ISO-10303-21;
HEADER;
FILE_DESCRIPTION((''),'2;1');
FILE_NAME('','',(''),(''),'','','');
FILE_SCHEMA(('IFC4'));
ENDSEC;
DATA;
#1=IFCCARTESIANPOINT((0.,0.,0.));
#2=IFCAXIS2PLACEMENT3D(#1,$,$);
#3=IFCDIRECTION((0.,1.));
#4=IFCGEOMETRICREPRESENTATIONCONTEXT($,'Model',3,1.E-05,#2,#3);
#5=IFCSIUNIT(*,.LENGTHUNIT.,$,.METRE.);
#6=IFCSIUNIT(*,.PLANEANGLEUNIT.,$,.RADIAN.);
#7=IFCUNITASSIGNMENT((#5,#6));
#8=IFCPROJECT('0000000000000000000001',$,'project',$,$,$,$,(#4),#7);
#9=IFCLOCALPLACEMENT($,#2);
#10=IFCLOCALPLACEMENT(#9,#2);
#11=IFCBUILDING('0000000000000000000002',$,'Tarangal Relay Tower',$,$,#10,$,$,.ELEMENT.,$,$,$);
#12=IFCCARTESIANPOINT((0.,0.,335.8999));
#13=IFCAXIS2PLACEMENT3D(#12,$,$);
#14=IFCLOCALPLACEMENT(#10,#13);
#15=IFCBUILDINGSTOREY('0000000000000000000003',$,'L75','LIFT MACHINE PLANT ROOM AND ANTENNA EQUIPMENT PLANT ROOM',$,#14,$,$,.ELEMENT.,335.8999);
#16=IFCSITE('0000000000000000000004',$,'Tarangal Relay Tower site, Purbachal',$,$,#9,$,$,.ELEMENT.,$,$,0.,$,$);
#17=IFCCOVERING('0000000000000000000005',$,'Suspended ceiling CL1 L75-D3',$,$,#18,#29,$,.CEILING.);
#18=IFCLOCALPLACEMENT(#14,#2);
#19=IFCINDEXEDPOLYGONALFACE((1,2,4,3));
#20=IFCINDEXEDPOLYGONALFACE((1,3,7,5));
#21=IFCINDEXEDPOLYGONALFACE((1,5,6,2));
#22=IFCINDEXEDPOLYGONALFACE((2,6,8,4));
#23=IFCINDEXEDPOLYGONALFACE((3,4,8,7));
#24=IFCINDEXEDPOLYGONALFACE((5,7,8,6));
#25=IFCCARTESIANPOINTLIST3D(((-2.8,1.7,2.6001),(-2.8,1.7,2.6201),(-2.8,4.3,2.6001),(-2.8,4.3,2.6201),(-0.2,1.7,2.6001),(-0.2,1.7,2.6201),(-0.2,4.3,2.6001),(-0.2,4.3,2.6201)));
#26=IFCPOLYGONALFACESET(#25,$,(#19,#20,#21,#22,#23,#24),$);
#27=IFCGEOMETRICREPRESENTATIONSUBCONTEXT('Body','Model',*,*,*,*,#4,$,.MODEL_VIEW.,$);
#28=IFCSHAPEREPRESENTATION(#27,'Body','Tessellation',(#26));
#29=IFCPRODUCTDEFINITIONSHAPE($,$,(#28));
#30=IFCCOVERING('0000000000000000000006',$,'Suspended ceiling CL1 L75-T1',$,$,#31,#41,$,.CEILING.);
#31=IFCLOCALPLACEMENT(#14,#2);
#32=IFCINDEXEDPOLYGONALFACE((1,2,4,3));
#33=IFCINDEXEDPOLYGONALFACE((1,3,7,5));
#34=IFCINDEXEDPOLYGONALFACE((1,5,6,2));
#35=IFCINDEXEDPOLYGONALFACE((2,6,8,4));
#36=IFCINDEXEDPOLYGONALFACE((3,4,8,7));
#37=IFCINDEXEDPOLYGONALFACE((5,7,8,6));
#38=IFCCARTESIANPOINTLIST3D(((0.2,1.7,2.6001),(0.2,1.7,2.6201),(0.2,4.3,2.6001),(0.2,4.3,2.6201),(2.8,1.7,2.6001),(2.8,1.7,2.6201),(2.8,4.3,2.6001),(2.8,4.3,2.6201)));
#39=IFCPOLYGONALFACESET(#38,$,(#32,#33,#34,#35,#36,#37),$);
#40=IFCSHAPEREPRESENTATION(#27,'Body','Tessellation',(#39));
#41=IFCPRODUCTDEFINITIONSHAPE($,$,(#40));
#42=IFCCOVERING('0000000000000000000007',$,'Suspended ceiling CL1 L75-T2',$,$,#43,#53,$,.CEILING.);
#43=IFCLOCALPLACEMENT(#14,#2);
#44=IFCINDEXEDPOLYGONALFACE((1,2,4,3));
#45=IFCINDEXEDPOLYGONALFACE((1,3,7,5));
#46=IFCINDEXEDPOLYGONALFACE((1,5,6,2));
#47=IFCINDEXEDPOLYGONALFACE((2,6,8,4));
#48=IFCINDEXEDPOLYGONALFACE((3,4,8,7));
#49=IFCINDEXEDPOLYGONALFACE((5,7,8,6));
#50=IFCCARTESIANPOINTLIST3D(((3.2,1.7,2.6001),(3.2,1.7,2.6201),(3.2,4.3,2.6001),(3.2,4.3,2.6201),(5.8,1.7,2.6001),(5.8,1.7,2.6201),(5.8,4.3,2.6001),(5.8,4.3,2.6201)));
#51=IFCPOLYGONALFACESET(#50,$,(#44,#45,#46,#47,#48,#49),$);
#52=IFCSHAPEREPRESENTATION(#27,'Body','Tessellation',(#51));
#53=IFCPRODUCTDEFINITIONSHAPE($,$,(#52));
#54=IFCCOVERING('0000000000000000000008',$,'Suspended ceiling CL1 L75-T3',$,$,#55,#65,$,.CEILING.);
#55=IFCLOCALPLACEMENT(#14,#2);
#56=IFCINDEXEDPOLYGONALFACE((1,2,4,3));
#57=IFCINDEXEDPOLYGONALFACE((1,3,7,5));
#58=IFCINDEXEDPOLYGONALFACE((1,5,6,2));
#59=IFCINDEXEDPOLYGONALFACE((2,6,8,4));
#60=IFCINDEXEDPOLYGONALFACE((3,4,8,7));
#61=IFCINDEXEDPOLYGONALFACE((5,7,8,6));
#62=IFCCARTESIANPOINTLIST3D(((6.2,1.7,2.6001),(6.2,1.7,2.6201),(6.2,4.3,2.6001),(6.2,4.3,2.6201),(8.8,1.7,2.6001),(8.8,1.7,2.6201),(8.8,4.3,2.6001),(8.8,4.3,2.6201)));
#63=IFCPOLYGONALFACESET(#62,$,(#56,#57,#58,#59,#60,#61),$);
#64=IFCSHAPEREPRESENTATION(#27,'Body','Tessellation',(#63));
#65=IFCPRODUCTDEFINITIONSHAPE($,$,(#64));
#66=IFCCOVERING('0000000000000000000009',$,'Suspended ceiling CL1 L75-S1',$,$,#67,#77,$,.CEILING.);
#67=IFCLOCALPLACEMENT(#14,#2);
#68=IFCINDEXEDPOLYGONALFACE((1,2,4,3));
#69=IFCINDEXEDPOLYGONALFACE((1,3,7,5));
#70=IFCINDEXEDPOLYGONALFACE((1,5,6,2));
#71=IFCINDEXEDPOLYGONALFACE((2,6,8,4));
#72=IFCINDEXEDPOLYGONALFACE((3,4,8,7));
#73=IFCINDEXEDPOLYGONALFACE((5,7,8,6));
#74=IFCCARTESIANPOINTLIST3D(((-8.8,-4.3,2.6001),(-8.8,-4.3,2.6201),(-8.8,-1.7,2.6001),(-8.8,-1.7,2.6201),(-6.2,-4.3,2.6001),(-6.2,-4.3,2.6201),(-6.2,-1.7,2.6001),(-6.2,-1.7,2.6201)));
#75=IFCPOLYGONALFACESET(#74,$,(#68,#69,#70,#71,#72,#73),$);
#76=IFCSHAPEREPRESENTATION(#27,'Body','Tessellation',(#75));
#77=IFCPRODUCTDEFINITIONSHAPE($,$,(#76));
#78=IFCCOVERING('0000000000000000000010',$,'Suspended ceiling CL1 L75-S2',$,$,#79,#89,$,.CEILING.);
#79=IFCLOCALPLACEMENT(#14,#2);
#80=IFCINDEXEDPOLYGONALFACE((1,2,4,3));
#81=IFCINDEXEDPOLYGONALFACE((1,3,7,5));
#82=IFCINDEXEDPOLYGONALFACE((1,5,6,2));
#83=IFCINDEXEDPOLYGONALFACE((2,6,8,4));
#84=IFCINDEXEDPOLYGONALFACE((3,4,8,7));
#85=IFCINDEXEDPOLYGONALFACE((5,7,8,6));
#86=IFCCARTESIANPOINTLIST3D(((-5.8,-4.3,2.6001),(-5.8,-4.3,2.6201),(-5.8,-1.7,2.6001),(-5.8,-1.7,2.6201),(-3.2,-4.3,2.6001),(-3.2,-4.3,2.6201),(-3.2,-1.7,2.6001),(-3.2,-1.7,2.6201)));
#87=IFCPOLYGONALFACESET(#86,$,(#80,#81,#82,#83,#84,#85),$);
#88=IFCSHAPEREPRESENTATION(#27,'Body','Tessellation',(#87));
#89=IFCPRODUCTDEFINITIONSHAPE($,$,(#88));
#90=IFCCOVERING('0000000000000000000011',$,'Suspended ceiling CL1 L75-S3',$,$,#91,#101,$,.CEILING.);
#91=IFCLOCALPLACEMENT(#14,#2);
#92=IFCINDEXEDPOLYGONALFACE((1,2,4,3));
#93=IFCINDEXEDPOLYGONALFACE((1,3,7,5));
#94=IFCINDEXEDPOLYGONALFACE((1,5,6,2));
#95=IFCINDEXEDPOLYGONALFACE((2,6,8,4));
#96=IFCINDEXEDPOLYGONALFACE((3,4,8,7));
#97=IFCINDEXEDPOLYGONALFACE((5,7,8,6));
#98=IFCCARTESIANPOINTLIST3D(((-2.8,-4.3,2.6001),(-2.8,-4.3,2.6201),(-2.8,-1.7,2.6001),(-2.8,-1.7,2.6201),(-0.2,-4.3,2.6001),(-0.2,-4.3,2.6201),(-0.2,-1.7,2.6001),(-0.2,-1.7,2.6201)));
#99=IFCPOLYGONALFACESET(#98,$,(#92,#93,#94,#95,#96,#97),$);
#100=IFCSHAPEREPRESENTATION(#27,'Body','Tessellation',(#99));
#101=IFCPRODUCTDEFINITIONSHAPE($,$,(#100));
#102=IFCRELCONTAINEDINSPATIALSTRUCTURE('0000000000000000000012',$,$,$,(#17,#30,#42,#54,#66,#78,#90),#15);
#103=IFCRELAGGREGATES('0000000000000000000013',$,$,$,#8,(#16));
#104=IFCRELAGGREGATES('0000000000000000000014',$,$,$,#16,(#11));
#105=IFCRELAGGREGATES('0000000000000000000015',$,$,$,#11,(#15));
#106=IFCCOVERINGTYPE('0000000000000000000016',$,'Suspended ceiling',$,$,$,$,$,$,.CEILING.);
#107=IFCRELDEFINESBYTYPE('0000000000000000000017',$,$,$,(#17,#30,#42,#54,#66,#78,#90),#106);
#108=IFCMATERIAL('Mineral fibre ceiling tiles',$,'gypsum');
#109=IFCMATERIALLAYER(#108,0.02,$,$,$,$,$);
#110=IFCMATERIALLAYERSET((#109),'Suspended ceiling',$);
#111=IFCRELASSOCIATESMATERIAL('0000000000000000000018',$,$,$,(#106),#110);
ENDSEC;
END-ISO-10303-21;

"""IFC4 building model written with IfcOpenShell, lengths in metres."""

from ifc_helpers import new_model, si_unit, direction, frame, origin, place, context, subcontext, project, spatial, polyline, outline, extrude, material, layer, layer_set, type_object, element, save


model = new_model("IFC4")

# Units and contexts
model_context = context("Model", 3, precision=1e-05, world=origin(), true_north=direction((0.0, 1.0)))
body_context = subcontext(model_context, "Body", "Model", "MODEL_VIEW")
ifc_project = project(units=[si_unit("LENGTHUNIT", "METRE"), si_unit("PLANEANGLEUNIT", "RADIAN")], contexts=[model_context])

# Site, building, storey
site_placement = place(None, origin())
site = spatial("IfcSite", under=ifc_project, at=site_placement, Name="Tarangal Relay Tower site, Purbachal", CompositionType="ELEMENT", RefElevation=0.0)
building_placement = place(site_placement, origin())
building = spatial("IfcBuilding", under=site, at=building_placement, Name="Tarangal Relay Tower", CompositionType="ELEMENT")
storey_placement = place(building_placement, frame((0.0, 0.0, 335.8999)))
storey = spatial("IfcBuildingStorey", under=building, at=storey_placement, Name="L75", Description="LIFT MACHINE PLANT ROOM AND ANTENNA EQUIPMENT PLANT ROOM", CompositionType="ELEMENT", Elevation=335.8999)

# Coverings
ifc_material_1 = material(Name="Mineral fibre ceiling tiles", Category="gypsum")
ifc_layer_1 = layer(ifc_material_1, 0.02)
ifc_layer_set_1 = layer_set([ifc_layer_1], Name="Suspended ceiling")
covering_type_1 = type_object("IfcCoveringType", Name="Suspended ceiling", PredefinedType="CEILING", material=ifc_layer_set_1)
covering_1_placement = place(storey_placement, frame((0.0, 0.0, 2.6001)))
element("IfcCovering", 1, at=covering_1_placement, inside=storey, type_object=covering_type_1, Name="Suspended ceiling CL1 L75-D3", PredefinedType="CEILING", context=body_context, shape_type="SweptSolid", body=[
    extrude(outline(polyline([(-2.8, 1.7), (-0.2, 1.7), (-0.2, 4.3), (-2.8, 4.3), (-2.8, 1.7)])), origin(), (0.0, 0.0, 1.0), 0.02),
])
covering_2_placement = place(storey_placement, frame((0.0, 0.0, 2.6001)))
element("IfcCovering", 2, at=covering_2_placement, inside=storey, type_object=covering_type_1, Name="Suspended ceiling CL1 L75-T1", PredefinedType="CEILING", context=body_context, shape_type="SweptSolid", body=[
    extrude(outline(polyline([(0.2, 1.7), (2.8, 1.7), (2.8, 4.3), (0.2, 4.3), (0.2, 1.7)])), origin(), (0.0, 0.0, 1.0), 0.02),
])
covering_3_placement = place(storey_placement, frame((0.0, 0.0, 2.6001)))
element("IfcCovering", 3, at=covering_3_placement, inside=storey, type_object=covering_type_1, Name="Suspended ceiling CL1 L75-T2", PredefinedType="CEILING", context=body_context, shape_type="SweptSolid", body=[
    extrude(outline(polyline([(3.2, 1.7), (5.8, 1.7), (5.8, 4.3), (3.2, 4.3), (3.2, 1.7)])), origin(), (0.0, 0.0, 1.0), 0.02),
])
covering_4_placement = place(storey_placement, frame((0.0, 0.0, 2.6001)))
element("IfcCovering", 4, at=covering_4_placement, inside=storey, type_object=covering_type_1, Name="Suspended ceiling CL1 L75-T3", PredefinedType="CEILING", context=body_context, shape_type="SweptSolid", body=[
    extrude(outline(polyline([(6.2, 1.7), (8.8, 1.7), (8.8, 4.3), (6.2, 4.3), (6.2, 1.7)])), origin(), (0.0, 0.0, 1.0), 0.02),
])
covering_5_placement = place(storey_placement, frame((0.0, 0.0, 2.6001)))
element("IfcCovering", 5, at=covering_5_placement, inside=storey, type_object=covering_type_1, Name="Suspended ceiling CL1 L75-S1", PredefinedType="CEILING", context=body_context, shape_type="SweptSolid", body=[
    extrude(outline(polyline([(-8.8, -4.3), (-6.2, -4.3), (-6.2, -1.7), (-8.8, -1.7), (-8.8, -4.3)])), origin(), (0.0, 0.0, 1.0), 0.02),
])
covering_6_placement = place(storey_placement, frame((0.0, 0.0, 2.6001)))
element("IfcCovering", 6, at=covering_6_placement, inside=storey, type_object=covering_type_1, Name="Suspended ceiling CL1 L75-S2", PredefinedType="CEILING", context=body_context, shape_type="SweptSolid", body=[
    extrude(outline(polyline([(-5.8, -4.3), (-3.2, -4.3), (-3.2, -1.7), (-5.8, -1.7), (-5.8, -4.3)])), origin(), (0.0, 0.0, 1.0), 0.02),
])
covering_7_placement = place(storey_placement, frame((0.0, 0.0, 2.6001)))
element("IfcCovering", 7, at=covering_7_placement, inside=storey, type_object=covering_type_1, Name="Suspended ceiling CL1 L75-S3", PredefinedType="CEILING", context=body_context, shape_type="SweptSolid", body=[
    extrude(outline(polyline([(-2.8, -4.3), (-0.2, -4.3), (-0.2, -1.7), (-2.8, -1.7), (-2.8, -4.3)])), origin(), (0.0, 0.0, 1.0), 0.02),
])

save(model, "model.ifc")
